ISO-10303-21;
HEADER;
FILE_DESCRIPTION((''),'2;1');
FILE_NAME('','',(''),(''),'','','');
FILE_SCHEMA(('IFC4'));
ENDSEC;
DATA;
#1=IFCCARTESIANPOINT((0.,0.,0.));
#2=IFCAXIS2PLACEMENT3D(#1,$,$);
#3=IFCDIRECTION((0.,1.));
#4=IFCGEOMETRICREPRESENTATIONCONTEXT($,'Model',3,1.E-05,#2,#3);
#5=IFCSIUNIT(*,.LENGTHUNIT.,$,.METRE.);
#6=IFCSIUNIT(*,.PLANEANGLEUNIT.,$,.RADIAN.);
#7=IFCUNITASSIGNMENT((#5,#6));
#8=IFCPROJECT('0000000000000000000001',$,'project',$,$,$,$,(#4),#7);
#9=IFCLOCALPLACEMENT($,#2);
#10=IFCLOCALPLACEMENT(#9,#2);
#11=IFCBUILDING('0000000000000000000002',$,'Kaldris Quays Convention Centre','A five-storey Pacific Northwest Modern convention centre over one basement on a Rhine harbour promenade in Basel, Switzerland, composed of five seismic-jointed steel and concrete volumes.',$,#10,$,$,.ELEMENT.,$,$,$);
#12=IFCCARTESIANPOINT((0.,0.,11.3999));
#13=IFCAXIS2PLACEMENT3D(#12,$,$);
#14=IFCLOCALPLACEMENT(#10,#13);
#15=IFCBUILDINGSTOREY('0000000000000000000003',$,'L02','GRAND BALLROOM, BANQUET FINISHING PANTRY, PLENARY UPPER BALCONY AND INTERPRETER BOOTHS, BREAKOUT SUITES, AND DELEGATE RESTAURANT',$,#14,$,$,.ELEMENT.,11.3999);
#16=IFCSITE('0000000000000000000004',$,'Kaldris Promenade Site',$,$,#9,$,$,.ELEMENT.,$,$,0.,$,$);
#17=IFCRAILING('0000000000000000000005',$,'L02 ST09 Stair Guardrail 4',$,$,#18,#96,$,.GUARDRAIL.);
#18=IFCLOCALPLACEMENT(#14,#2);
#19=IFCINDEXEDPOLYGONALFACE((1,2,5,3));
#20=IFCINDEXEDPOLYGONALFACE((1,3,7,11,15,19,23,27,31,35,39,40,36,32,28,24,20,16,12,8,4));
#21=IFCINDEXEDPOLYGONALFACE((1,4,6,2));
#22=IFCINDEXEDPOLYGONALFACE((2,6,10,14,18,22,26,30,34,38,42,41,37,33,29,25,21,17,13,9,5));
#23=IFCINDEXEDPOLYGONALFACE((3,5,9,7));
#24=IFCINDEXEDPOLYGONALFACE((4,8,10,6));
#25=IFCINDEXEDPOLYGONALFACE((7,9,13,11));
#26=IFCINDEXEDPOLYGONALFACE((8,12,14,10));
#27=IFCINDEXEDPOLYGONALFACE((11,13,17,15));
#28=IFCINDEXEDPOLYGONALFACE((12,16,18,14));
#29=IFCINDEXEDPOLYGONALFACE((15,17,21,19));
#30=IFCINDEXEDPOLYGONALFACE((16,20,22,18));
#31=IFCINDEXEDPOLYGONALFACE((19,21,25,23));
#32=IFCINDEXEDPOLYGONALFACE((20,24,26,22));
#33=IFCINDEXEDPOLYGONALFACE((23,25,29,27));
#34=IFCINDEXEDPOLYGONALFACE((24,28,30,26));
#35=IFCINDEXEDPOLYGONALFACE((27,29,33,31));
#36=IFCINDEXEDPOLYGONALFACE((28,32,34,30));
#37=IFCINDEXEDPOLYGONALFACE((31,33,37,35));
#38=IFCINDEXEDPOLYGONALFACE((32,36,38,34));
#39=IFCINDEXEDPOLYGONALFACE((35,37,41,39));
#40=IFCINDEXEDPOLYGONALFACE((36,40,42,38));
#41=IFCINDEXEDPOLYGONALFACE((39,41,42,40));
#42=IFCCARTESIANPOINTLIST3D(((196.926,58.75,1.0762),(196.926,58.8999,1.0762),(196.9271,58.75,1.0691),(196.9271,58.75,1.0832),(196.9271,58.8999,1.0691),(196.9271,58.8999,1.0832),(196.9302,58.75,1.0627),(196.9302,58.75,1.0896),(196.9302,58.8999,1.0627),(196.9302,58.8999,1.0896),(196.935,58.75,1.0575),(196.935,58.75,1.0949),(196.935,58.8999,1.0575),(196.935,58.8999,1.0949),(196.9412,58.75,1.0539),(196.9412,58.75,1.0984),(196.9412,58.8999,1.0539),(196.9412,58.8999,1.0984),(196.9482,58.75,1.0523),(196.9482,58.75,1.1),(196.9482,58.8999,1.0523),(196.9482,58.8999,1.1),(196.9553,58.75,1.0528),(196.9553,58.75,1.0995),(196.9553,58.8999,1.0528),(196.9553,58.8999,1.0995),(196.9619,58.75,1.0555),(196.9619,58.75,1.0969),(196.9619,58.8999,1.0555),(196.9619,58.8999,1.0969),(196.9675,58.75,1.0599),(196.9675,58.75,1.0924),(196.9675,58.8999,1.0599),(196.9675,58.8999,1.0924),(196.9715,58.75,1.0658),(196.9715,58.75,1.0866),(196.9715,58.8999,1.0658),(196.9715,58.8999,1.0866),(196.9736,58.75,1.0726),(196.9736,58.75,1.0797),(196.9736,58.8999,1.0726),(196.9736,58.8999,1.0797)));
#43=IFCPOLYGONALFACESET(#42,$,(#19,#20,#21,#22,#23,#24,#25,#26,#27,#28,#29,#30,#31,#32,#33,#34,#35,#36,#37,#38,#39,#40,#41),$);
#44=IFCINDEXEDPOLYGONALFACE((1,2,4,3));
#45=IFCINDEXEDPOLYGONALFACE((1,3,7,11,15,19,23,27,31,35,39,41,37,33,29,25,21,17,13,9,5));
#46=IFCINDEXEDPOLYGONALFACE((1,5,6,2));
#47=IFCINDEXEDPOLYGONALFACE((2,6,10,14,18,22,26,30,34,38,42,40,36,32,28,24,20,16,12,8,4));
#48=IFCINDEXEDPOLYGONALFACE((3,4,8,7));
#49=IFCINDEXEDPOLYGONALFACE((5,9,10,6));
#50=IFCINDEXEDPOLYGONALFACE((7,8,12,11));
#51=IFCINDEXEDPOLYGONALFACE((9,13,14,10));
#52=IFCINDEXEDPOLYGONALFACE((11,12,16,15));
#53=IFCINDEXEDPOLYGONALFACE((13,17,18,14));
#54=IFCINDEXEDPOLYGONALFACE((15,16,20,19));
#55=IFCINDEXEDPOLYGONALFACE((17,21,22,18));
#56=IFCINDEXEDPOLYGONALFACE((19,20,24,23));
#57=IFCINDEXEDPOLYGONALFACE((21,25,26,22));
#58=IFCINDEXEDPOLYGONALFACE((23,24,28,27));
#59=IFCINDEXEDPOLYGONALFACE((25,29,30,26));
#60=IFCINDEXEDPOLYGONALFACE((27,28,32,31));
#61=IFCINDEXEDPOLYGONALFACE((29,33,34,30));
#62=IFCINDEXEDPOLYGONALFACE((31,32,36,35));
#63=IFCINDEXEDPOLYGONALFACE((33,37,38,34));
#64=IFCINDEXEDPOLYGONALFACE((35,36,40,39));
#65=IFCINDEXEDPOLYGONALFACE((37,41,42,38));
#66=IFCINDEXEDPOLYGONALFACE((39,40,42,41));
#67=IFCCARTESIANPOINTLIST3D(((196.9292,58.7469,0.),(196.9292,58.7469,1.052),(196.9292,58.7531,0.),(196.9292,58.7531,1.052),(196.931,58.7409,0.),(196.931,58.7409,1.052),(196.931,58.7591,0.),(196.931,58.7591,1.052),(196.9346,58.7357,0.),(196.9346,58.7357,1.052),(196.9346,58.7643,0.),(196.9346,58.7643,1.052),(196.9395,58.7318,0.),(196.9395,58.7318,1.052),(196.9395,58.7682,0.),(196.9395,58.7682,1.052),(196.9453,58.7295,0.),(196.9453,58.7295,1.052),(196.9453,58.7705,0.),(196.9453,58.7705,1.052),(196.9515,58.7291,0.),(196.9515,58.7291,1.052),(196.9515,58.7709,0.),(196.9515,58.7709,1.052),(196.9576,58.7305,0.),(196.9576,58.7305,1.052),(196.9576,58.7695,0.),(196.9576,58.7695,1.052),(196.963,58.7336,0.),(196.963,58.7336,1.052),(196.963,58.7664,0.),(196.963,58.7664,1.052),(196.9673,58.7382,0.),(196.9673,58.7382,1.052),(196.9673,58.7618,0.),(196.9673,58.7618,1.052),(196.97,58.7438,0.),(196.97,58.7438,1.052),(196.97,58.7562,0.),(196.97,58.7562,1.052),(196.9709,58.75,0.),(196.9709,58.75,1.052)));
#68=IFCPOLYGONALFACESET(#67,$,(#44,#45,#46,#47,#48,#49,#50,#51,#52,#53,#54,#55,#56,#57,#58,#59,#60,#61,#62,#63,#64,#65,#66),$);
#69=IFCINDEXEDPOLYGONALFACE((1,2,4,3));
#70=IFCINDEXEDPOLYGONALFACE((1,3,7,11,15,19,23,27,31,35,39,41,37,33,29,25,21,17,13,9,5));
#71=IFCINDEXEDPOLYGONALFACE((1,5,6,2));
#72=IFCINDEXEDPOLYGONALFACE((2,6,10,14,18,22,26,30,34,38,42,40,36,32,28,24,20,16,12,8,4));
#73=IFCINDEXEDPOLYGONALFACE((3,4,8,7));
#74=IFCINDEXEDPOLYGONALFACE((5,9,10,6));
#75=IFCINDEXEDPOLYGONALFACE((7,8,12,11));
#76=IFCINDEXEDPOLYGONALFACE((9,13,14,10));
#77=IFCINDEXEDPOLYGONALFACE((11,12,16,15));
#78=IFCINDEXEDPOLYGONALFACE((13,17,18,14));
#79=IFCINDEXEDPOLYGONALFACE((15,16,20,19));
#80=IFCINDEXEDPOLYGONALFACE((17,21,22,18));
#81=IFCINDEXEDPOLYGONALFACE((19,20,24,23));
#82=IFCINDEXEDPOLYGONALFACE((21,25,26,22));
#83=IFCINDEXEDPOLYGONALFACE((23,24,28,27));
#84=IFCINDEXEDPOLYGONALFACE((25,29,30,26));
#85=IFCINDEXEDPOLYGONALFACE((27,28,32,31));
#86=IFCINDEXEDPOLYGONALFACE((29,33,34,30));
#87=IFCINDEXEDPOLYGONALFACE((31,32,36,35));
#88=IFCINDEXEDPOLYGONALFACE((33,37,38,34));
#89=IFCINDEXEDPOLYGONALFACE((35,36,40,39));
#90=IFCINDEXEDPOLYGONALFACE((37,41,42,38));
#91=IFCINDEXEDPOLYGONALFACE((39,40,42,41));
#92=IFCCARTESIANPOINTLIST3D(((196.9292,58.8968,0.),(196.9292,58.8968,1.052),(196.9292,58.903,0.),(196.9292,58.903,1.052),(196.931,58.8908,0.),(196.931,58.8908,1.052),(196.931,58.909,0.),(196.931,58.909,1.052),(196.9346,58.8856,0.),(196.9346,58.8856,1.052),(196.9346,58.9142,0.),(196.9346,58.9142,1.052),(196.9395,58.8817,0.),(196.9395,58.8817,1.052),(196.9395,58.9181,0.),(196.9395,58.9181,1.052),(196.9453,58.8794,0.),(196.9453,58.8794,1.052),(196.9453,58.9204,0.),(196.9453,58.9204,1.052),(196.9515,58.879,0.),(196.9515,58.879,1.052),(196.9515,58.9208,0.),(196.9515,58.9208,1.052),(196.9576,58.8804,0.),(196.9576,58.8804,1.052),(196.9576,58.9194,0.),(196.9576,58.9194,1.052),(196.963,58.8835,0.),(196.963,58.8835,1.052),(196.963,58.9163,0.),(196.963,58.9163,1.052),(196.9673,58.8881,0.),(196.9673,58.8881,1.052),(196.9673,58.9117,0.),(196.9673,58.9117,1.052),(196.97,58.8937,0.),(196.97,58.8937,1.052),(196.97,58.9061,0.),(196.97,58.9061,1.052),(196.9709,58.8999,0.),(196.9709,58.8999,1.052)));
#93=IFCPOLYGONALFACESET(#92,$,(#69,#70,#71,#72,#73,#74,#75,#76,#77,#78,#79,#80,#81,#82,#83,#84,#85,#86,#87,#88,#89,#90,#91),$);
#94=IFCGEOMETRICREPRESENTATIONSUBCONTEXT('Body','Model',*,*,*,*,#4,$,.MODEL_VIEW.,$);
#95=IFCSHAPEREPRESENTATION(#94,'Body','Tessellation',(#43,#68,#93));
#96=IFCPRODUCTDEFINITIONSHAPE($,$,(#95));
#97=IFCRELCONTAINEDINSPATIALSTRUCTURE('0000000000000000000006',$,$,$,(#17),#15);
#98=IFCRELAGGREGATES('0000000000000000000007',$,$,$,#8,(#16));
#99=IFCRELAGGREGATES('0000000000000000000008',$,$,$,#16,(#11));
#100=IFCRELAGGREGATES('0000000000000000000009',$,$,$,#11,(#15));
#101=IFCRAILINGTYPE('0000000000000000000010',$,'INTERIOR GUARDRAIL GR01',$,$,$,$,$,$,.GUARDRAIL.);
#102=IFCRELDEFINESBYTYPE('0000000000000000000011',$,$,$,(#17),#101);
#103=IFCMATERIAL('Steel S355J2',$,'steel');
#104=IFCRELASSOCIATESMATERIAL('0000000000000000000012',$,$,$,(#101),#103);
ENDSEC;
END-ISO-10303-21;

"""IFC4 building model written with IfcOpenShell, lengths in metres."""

from ifc_helpers import new_model, si_unit, direction, frame, origin, origin_2d, place, context, subcontext, project, spatial, circle, extrude, material, type_object, element, save


model = new_model("IFC4")

# Units and contexts
model_context = context("Model", 3, precision=1e-05, world=origin(), true_north=direction((0.0, 1.0)))
body_context = subcontext(model_context, "Body", "Model", "MODEL_VIEW")
ifc_project = project(units=[si_unit("LENGTHUNIT", "METRE"), si_unit("PLANEANGLEUNIT", "RADIAN")], contexts=[model_context])

# Site, building, storey
site_placement = place(None, origin())
site = spatial("IfcSite", under=ifc_project, at=site_placement, Name="Kaldris Promenade Site", CompositionType="ELEMENT", RefElevation=0.0)
building_placement = place(site_placement, origin())
building = spatial("IfcBuilding", under=site, at=building_placement, Name="Kaldris Quays Convention Centre", Description="A five-storey Pacific Northwest Modern convention centre over one basement on a Rhine harbour promenade in Basel, Switzerland, composed of five seismic-jointed steel and concrete volumes.", CompositionType="ELEMENT")
storey_placement = place(building_placement, frame((0.0, 0.0, 11.3999)))
storey = spatial("IfcBuildingStorey", under=building, at=storey_placement, Name="L02", Description="GRAND BALLROOM, BANQUET FINISHING PANTRY, PLENARY UPPER BALCONY AND INTERPRETER BOOTHS, BREAKOUT SUITES, AND DELEGATE RESTAURANT", CompositionType="ELEMENT", Elevation=11.3999)

# Shared definitions
ifc_material_1 = material(Name="Steel S355J2", Category="steel")

# Railing
railing_type_1 = type_object("IfcRailingType", Name="INTERIOR GUARDRAIL GR01", PredefinedType="GUARDRAIL", material=ifc_material_1)
railing_1_placement = place(storey_placement, frame((196.95, 58.75, 0.0)))
element("IfcRailing", 1, at=railing_1_placement, inside=storey, type_object=railing_type_1, Name="L02 ST09 Stair Guardrail 4", PredefinedType="GUARDRAIL", context=body_context, shape_type="SweptSolid", body=[
    extrude(circle(Radius=0.0239, at=origin_2d()), frame((0.0, 0.0, 1.0762), z_axis=(0.0, 1.0, 0.0), x_axis=(-1.0, 0.0, 0.0)), (0.0, 0.0, 1.0), 0.1499),
    extrude(circle(Radius=0.021, at=origin_2d()), origin(), (0.0, 0.0, 1.0), 1.052),
    extrude(circle(Radius=0.021, at=origin_2d()), frame((0.0, 0.1499, 0.0)), (0.0, 0.0, 1.0), 1.052),
])

save(model, "model.ifc")
